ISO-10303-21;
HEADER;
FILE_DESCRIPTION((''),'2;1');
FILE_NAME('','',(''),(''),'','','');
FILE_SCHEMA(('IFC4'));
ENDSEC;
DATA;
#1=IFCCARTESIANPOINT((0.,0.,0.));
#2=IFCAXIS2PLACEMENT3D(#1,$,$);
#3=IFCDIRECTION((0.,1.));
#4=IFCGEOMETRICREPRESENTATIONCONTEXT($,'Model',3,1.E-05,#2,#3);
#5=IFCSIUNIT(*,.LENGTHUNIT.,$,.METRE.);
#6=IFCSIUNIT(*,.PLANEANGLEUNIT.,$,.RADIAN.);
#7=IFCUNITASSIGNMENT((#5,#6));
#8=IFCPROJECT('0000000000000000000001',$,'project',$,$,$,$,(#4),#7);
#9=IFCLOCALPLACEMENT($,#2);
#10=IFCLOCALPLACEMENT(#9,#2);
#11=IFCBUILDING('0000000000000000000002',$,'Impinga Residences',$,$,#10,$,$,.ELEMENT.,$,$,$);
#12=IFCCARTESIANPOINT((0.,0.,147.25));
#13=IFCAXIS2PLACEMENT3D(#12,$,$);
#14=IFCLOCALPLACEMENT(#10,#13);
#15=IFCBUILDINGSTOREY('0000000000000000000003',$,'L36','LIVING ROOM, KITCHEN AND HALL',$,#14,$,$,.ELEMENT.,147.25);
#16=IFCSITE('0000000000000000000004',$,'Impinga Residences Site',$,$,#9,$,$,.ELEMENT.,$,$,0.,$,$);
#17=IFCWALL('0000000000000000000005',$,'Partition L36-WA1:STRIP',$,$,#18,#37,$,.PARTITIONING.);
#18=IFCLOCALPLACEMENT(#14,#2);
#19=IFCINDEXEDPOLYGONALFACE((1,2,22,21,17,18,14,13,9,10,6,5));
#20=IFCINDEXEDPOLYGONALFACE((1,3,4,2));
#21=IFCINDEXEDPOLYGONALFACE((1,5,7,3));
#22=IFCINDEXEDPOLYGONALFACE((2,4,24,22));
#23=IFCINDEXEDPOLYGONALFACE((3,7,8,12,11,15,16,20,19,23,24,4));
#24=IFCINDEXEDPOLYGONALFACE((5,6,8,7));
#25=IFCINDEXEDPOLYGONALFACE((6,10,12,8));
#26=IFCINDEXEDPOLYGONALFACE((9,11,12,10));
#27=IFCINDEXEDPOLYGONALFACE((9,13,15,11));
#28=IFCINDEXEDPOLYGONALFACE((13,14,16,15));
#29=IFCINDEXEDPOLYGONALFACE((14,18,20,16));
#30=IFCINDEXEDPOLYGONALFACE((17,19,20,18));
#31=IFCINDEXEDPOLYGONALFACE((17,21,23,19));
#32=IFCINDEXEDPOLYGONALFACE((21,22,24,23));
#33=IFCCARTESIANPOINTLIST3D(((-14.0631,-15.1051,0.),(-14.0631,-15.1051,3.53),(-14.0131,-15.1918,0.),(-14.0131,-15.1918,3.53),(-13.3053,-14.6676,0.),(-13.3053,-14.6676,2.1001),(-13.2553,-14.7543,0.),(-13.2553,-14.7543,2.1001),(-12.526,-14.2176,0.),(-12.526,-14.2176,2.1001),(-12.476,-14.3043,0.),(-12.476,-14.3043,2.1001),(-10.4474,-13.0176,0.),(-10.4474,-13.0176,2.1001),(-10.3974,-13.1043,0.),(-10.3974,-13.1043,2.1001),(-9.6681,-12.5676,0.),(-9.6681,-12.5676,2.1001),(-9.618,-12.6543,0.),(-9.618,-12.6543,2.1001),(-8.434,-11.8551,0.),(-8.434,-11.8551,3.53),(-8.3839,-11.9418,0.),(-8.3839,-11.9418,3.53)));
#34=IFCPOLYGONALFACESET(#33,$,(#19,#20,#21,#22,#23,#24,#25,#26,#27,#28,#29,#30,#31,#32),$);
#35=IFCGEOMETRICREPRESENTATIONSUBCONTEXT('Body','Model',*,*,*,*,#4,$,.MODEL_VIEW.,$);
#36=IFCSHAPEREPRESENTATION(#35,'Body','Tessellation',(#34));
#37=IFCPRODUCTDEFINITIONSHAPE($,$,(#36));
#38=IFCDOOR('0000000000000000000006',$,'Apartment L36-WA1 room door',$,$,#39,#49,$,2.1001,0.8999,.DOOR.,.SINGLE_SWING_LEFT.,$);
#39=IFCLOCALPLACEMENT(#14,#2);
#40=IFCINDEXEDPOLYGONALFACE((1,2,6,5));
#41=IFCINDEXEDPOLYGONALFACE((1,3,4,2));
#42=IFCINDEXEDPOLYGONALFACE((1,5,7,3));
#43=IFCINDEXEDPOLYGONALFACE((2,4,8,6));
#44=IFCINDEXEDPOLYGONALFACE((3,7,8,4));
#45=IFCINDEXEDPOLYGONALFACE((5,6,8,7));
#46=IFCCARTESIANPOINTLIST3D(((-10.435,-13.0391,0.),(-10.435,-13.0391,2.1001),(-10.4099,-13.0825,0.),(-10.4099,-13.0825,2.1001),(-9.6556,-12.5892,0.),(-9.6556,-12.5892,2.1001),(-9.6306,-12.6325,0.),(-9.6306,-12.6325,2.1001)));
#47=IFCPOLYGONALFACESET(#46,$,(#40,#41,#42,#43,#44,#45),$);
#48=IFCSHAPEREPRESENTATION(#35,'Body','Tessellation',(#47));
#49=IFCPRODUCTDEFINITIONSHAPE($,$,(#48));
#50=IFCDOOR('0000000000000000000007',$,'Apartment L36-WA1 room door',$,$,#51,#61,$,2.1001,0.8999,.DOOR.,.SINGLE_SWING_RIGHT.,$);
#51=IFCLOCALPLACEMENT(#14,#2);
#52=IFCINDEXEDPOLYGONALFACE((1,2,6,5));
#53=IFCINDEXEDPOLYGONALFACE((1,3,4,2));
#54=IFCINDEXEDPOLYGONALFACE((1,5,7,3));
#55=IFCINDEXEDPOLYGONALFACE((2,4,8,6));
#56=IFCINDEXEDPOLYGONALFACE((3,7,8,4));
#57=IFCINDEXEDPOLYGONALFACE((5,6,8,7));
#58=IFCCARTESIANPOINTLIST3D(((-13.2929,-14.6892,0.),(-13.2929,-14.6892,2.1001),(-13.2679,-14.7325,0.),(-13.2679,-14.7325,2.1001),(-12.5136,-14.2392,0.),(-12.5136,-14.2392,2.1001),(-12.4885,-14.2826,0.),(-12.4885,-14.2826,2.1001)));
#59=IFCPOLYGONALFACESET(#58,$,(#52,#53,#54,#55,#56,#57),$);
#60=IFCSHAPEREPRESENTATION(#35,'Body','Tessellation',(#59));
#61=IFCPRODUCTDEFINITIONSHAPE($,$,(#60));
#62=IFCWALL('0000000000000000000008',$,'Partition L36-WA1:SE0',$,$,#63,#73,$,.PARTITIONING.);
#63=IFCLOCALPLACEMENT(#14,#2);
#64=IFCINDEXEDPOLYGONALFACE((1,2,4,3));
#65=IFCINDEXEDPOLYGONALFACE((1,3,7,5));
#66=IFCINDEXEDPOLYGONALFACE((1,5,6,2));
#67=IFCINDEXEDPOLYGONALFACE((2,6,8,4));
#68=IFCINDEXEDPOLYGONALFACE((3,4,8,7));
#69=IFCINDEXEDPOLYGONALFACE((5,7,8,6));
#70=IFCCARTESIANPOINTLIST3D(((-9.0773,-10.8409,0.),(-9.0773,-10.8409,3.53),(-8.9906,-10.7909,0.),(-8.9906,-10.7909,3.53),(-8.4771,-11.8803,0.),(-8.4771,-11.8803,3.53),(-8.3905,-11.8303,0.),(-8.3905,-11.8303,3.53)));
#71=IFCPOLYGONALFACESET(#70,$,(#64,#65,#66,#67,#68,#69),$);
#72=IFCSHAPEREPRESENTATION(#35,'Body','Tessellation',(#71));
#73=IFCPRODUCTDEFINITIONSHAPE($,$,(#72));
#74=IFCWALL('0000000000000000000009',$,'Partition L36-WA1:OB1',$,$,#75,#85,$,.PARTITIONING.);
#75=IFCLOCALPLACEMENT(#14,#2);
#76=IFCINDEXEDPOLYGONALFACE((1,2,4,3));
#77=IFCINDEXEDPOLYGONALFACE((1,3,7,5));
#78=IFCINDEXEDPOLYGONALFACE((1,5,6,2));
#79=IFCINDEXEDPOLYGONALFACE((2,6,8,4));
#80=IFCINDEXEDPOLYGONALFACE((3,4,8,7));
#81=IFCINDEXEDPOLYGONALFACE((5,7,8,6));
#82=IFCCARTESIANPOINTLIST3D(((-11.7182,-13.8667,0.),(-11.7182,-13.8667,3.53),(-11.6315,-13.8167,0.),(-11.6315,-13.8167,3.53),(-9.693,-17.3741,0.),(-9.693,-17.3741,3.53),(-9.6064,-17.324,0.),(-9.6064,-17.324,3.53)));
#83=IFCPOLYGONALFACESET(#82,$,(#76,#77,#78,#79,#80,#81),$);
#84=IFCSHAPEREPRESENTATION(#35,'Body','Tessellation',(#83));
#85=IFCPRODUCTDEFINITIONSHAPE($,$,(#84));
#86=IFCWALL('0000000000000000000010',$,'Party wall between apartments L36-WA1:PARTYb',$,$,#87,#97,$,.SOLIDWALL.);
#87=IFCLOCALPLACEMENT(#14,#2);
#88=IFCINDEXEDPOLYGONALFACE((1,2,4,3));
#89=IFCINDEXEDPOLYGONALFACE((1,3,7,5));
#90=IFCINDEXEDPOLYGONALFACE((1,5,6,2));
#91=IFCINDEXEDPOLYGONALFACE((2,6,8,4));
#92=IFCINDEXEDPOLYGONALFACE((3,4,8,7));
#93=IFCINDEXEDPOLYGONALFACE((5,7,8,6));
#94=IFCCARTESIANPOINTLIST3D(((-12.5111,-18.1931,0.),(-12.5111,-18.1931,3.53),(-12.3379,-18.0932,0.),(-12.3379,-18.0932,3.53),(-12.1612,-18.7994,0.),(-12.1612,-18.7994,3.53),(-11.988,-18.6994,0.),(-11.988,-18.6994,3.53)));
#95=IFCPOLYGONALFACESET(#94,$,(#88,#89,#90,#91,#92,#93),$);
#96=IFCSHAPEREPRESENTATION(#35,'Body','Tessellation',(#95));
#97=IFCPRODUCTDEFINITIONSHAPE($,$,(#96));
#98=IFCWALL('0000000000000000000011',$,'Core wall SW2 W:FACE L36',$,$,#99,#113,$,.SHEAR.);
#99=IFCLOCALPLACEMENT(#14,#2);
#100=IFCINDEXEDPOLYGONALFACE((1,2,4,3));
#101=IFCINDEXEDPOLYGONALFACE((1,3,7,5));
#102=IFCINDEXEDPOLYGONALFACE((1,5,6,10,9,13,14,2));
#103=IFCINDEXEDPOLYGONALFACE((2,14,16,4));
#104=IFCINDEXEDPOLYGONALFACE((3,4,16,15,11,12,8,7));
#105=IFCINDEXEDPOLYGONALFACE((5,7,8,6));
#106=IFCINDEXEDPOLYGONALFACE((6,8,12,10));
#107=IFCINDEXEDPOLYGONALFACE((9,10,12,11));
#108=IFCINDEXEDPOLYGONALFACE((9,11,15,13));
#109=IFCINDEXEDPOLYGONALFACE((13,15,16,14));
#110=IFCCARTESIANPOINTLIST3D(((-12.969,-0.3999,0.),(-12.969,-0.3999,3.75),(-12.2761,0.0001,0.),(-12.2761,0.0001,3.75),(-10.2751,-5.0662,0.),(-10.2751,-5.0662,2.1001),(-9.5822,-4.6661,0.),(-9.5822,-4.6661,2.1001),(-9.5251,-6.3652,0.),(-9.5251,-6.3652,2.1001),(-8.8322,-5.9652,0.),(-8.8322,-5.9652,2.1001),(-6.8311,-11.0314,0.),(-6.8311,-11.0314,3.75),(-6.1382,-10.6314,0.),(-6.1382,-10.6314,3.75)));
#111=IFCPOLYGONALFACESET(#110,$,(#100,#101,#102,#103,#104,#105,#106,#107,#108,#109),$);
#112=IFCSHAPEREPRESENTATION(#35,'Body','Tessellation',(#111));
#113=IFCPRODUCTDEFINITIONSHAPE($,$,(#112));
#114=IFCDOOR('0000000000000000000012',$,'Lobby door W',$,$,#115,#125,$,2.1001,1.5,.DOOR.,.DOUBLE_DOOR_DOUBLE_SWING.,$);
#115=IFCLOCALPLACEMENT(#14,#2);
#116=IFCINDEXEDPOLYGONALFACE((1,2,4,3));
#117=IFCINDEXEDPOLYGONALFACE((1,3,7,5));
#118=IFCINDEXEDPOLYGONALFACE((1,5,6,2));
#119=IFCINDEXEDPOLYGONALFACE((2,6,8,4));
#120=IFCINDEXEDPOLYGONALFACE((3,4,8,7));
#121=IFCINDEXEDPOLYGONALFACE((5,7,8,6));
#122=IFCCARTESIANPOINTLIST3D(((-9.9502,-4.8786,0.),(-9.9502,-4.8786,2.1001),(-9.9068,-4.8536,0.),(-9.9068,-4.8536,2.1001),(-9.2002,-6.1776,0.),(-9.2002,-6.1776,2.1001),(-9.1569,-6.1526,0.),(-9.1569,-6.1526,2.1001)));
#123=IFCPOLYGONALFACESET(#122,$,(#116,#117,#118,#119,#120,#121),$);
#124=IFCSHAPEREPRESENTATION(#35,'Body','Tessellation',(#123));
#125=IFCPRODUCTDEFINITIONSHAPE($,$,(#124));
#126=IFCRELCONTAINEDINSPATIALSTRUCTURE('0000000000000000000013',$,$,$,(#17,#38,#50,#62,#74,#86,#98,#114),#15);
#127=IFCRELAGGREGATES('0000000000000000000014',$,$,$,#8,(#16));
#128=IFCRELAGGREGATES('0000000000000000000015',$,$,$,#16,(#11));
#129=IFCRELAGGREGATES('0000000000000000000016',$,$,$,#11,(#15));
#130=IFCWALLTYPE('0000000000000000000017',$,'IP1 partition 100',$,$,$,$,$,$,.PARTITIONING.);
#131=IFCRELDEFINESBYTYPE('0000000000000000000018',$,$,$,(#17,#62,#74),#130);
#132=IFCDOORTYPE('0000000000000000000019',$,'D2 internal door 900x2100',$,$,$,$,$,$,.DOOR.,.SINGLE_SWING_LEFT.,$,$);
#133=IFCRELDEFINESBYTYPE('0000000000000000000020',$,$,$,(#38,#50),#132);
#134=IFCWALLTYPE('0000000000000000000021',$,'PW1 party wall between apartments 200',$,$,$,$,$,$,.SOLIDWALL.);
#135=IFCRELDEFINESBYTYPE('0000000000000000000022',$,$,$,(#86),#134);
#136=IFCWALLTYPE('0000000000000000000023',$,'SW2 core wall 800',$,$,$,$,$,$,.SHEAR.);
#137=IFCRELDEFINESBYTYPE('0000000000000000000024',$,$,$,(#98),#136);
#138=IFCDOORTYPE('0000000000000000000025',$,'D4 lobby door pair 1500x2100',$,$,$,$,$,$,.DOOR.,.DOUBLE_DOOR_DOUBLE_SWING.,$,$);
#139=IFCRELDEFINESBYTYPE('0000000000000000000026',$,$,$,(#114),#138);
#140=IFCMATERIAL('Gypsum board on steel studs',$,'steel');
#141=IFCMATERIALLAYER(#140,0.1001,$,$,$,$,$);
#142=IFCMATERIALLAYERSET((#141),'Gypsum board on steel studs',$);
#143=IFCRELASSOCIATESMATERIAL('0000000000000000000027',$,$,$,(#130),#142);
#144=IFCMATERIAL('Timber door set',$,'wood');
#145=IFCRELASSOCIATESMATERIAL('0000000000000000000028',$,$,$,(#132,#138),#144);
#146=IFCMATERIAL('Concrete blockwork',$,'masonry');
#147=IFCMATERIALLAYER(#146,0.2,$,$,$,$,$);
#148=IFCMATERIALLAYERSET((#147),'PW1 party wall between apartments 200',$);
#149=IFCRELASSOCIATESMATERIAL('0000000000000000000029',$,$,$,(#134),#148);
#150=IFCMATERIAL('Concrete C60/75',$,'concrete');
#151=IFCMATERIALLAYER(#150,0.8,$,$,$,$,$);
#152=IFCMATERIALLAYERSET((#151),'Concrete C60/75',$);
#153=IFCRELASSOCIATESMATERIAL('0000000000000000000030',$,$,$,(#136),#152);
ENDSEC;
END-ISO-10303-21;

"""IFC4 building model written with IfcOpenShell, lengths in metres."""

from ifc_helpers import new_model, si_unit, direction, frame, frame_2d, origin, place, context, subcontext, project, spatial, rectangle, extrude, material, layer, layer_set, type_object, element, fill, save


model = new_model("IFC4")

# Units and contexts
model_context = context("Model", 3, precision=1e-05, world=origin(), true_north=direction((0.0, 1.0)))
body_context = subcontext(model_context, "Body", "Model", "MODEL_VIEW")
ifc_project = project(units=[si_unit("LENGTHUNIT", "METRE"), si_unit("PLANEANGLEUNIT", "RADIAN")], contexts=[model_context])

# Site, building, storey
site_placement = place(None, origin())
site = spatial("IfcSite", under=ifc_project, at=site_placement, Name="Impinga Residences Site", CompositionType="ELEMENT", RefElevation=0.0)
building_placement = place(site_placement, origin())
building = spatial("IfcBuilding", under=site, at=building_placement, Name="Impinga Residences", CompositionType="ELEMENT")
storey_placement = place(building_placement, frame((0.0, 0.0, 147.25)))
storey = spatial("IfcBuildingStorey", under=building, at=storey_placement, Name="L36", Description="LIVING ROOM, KITCHEN AND HALL", CompositionType="ELEMENT", Elevation=147.25)

# Shared definitions
ifc_material_1 = material(Name="Concrete C60/75", Category="concrete")

# Shared definitions
ifc_material_2 = material(Name="Gypsum board on steel studs", Category="steel")
ifc_layer_1 = layer(ifc_material_2, 0.1001)
ifc_layer_set_1 = layer_set([ifc_layer_1], Name="Gypsum board on steel studs")
wall_type_1 = type_object("IfcWallType", Name="IP1 partition 100", PredefinedType="PARTITIONING", material=ifc_layer_set_1)

# Wall, openings, doors
wall_1_placement = place(storey_placement, frame((-8.4089, -11.8984, 0.0), z_axis=(0.0, 0.0, 1.0), x_axis=(-0.866025, -0.500001, 0.0)))
wall_1 = element("IfcWall", 1, at=wall_1_placement, inside=storey, type_object=wall_type_1, Name="Partition L36-WA1:STRIP", PredefinedType="PARTITIONING", context=body_context, shape_type="SweptSolid", body=[
    extrude(rectangle(XDim=6.5, YDim=0.1001, at=frame_2d((3.25, 0.0))), origin(), (0.0, 0.0, 1.0), 3.53),
])
opening_1_placement = place(wall_1_placement, frame((1.425, 0.0, 0.0)))
opening_1 = element("IfcOpeningElement", 2, at=opening_1_placement, cuts=wall_1, PredefinedType="OPENING", context=body_context, shape_type="SweptSolid", body=[
    extrude(rectangle(XDim=0.8999, YDim=2.1001, at=frame_2d((0.45, 1.05))), frame((0.0, 0.0601, 0.0), z_axis=(0.0, -1.0, 0.0), x_axis=(1.0, 0.0, 0.0)), (0.0, 0.0, 1.0), 0.1201),
])
opening_2_placement = place(wall_1_placement, frame((4.7251, 0.0, 0.0)))
opening_2 = element("IfcOpeningElement", 3, at=opening_2_placement, cuts=wall_1, PredefinedType="OPENING", context=body_context, shape_type="SweptSolid", body=[
    extrude(rectangle(XDim=0.8999, YDim=2.1001, at=frame_2d((0.45, 1.05))), frame((0.0, 0.0601, 0.0), z_axis=(0.0, -1.0, 0.0), x_axis=(1.0, 0.0, 0.0)), (0.0, 0.0, 1.0), 0.1201),
])
ifc_material_3 = material(Name="Timber door set", Category="wood")
door_type_1 = type_object("IfcDoorType", Name="D2 internal door 900x2100", OperationType="SINGLE_SWING_LEFT", PredefinedType="DOOR", material=ifc_material_3)
door_1_placement = place(opening_1_placement, origin())
door_1 = element("IfcDoor", 4, at=door_1_placement, inside=storey, type_object=door_type_1, Name="Apartment L36-WA1 room door", OperationType="SINGLE_SWING_LEFT", OverallHeight=2.1001, OverallWidth=0.8999, PredefinedType="DOOR", context=body_context, shape_type="SweptSolid", body=[
    extrude(rectangle(XDim=0.8999, YDim=2.1001, at=frame_2d((0.45, 1.05))), frame((0.0, 0.0249, 0.0), z_axis=(0.0, -1.0, 0.0), x_axis=(1.0, 0.0, 0.0)), (0.0, 0.0, 1.0), 0.05),
])
fill(opening_1, door_1)
door_2_placement = place(opening_2_placement, origin())
door_2 = element("IfcDoor", 5, at=door_2_placement, inside=storey, type_object=door_type_1, Name="Apartment L36-WA1 room door", OperationType="SINGLE_SWING_RIGHT", OverallHeight=2.1001, OverallWidth=0.8999, PredefinedType="DOOR", context=body_context, shape_type="SweptSolid", body=[
    extrude(rectangle(XDim=0.8999, YDim=2.1001, at=frame_2d((0.45, 1.05))), frame((0.0, 0.0249, 0.0), z_axis=(0.0, -1.0, 0.0), x_axis=(1.0, 0.0, 0.0)), (0.0, 0.0, 1.0), 0.05),
])
fill(opening_2, door_2)

# Walls
wall_2_placement = place(storey_placement, frame((-9.0339, -10.8159, 0.0), z_axis=(0.0, 0.0, 1.0), x_axis=(0.500034, -0.866006, 0.0)))
element("IfcWall", 6, at=wall_2_placement, inside=storey, type_object=wall_type_1, Name="Partition L36-WA1:SE0", PredefinedType="PARTITIONING", context=body_context, shape_type="SweptSolid", body=[
    extrude(rectangle(XDim=1.2002, YDim=0.1001, at=frame_2d((0.6001, 0.0))), origin(), (0.0, 0.0, 1.0), 3.53),
])
wall_3_placement = place(storey_placement, frame((-11.6748, -13.8418, 0.0), z_axis=(0.0, 0.0, 1.0), x_axis=(0.500036, -0.866005, 0.0)))
element("IfcWall", 7, at=wall_3_placement, inside=storey, type_object=wall_type_1, Name="Partition L36-WA1:OB1", PredefinedType="PARTITIONING", context=body_context, shape_type="SweptSolid", body=[
    extrude(rectangle(XDim=4.05, YDim=0.1001, at=frame_2d((2.0249, 0.0))), origin(), (0.0, 0.0, 1.0), 3.53),
])
ifc_material_4 = material(Name="Concrete blockwork", Category="masonry")
ifc_layer_2 = layer(ifc_material_4, 0.2)
ifc_layer_set_2 = layer_set([ifc_layer_2], Name="PW1 party wall between apartments 200")
wall_type_2 = type_object("IfcWallType", Name="PW1 party wall between apartments 200", PredefinedType="SOLIDWALL", material=ifc_layer_set_2)
wall_4_placement = place(storey_placement, frame((-12.4246, -18.1431, 0.0), z_axis=(0.0, 0.0, 1.0), x_axis=(0.499853, -0.86611, 0.0)))
element("IfcWall", 8, at=wall_4_placement, inside=storey, type_object=wall_type_2, Name="Party wall between apartments L36-WA1:PARTYb", PredefinedType="SOLIDWALL", context=body_context, shape_type="SweptSolid", body=[
    extrude(rectangle(XDim=0.7, YDim=0.2, at=frame_2d((0.3501, 0.0))), origin(), (0.0, 0.0, 1.0), 3.53),
])

# Wall, opening, door
ifc_layer_3 = layer(ifc_material_1, 0.8)
ifc_layer_set_3 = layer_set([ifc_layer_3], Name="Concrete C60/75")
wall_type_3 = type_object("IfcWallType", Name="SW2 core wall 800", PredefinedType="SHEAR", material=ifc_layer_set_3)
wall_5_placement = place(storey_placement, frame((-6.4846, -10.8315, 0.0), z_axis=(0.0, 0.0, 1.0), x_axis=(-0.499987, 0.866033, 0.0)))
wall_5 = element("IfcWall", 9, at=wall_5_placement, inside=storey, type_object=wall_type_3, Name="Core wall SW2 W:FACE L36", PredefinedType="SHEAR", context=body_context, shape_type="SweptSolid", body=[
    extrude(rectangle(XDim=12.2761, YDim=0.8, at=frame_2d((6.1382, 0.0))), origin(), (0.0, 0.0, 1.0), 3.75),
])
opening_3_placement = place(wall_5_placement, frame((5.3882, 0.0, 0.0)))
opening_3 = element("IfcOpeningElement", 10, at=opening_3_placement, cuts=wall_5, PredefinedType="OPENING", context=body_context, shape_type="SweptSolid", body=[
    extrude(rectangle(XDim=1.5, YDim=2.1001, at=frame_2d((0.75, 1.05))), frame((0.0, 0.4099, 0.0), z_axis=(0.0, -1.0, 0.0), x_axis=(1.0, 0.0, 0.0)), (0.0, 0.0, 1.0), 0.8201),
])
door_type_2 = type_object("IfcDoorType", Name="D4 lobby door pair 1500x2100", OperationType="DOUBLE_DOOR_DOUBLE_SWING", PredefinedType="DOOR", material=ifc_material_3)
door_3_placement = place(opening_3_placement, origin())
door_3 = element("IfcDoor", 11, at=door_3_placement, inside=storey, type_object=door_type_2, Name="Lobby door W", OperationType="DOUBLE_DOOR_DOUBLE_SWING", OverallHeight=2.1001, OverallWidth=1.5, PredefinedType="DOOR", context=body_context, shape_type="SweptSolid", body=[
    extrude(rectangle(XDim=1.5, YDim=2.1001, at=frame_2d((0.75, 1.05))), frame((0.0, 0.0249, 0.0), z_axis=(0.0, -1.0, 0.0), x_axis=(1.0, 0.0, 0.0)), (0.0, 0.0, 1.0), 0.05),
])
fill(opening_3, door_3)

save(model, "model.ifc")
